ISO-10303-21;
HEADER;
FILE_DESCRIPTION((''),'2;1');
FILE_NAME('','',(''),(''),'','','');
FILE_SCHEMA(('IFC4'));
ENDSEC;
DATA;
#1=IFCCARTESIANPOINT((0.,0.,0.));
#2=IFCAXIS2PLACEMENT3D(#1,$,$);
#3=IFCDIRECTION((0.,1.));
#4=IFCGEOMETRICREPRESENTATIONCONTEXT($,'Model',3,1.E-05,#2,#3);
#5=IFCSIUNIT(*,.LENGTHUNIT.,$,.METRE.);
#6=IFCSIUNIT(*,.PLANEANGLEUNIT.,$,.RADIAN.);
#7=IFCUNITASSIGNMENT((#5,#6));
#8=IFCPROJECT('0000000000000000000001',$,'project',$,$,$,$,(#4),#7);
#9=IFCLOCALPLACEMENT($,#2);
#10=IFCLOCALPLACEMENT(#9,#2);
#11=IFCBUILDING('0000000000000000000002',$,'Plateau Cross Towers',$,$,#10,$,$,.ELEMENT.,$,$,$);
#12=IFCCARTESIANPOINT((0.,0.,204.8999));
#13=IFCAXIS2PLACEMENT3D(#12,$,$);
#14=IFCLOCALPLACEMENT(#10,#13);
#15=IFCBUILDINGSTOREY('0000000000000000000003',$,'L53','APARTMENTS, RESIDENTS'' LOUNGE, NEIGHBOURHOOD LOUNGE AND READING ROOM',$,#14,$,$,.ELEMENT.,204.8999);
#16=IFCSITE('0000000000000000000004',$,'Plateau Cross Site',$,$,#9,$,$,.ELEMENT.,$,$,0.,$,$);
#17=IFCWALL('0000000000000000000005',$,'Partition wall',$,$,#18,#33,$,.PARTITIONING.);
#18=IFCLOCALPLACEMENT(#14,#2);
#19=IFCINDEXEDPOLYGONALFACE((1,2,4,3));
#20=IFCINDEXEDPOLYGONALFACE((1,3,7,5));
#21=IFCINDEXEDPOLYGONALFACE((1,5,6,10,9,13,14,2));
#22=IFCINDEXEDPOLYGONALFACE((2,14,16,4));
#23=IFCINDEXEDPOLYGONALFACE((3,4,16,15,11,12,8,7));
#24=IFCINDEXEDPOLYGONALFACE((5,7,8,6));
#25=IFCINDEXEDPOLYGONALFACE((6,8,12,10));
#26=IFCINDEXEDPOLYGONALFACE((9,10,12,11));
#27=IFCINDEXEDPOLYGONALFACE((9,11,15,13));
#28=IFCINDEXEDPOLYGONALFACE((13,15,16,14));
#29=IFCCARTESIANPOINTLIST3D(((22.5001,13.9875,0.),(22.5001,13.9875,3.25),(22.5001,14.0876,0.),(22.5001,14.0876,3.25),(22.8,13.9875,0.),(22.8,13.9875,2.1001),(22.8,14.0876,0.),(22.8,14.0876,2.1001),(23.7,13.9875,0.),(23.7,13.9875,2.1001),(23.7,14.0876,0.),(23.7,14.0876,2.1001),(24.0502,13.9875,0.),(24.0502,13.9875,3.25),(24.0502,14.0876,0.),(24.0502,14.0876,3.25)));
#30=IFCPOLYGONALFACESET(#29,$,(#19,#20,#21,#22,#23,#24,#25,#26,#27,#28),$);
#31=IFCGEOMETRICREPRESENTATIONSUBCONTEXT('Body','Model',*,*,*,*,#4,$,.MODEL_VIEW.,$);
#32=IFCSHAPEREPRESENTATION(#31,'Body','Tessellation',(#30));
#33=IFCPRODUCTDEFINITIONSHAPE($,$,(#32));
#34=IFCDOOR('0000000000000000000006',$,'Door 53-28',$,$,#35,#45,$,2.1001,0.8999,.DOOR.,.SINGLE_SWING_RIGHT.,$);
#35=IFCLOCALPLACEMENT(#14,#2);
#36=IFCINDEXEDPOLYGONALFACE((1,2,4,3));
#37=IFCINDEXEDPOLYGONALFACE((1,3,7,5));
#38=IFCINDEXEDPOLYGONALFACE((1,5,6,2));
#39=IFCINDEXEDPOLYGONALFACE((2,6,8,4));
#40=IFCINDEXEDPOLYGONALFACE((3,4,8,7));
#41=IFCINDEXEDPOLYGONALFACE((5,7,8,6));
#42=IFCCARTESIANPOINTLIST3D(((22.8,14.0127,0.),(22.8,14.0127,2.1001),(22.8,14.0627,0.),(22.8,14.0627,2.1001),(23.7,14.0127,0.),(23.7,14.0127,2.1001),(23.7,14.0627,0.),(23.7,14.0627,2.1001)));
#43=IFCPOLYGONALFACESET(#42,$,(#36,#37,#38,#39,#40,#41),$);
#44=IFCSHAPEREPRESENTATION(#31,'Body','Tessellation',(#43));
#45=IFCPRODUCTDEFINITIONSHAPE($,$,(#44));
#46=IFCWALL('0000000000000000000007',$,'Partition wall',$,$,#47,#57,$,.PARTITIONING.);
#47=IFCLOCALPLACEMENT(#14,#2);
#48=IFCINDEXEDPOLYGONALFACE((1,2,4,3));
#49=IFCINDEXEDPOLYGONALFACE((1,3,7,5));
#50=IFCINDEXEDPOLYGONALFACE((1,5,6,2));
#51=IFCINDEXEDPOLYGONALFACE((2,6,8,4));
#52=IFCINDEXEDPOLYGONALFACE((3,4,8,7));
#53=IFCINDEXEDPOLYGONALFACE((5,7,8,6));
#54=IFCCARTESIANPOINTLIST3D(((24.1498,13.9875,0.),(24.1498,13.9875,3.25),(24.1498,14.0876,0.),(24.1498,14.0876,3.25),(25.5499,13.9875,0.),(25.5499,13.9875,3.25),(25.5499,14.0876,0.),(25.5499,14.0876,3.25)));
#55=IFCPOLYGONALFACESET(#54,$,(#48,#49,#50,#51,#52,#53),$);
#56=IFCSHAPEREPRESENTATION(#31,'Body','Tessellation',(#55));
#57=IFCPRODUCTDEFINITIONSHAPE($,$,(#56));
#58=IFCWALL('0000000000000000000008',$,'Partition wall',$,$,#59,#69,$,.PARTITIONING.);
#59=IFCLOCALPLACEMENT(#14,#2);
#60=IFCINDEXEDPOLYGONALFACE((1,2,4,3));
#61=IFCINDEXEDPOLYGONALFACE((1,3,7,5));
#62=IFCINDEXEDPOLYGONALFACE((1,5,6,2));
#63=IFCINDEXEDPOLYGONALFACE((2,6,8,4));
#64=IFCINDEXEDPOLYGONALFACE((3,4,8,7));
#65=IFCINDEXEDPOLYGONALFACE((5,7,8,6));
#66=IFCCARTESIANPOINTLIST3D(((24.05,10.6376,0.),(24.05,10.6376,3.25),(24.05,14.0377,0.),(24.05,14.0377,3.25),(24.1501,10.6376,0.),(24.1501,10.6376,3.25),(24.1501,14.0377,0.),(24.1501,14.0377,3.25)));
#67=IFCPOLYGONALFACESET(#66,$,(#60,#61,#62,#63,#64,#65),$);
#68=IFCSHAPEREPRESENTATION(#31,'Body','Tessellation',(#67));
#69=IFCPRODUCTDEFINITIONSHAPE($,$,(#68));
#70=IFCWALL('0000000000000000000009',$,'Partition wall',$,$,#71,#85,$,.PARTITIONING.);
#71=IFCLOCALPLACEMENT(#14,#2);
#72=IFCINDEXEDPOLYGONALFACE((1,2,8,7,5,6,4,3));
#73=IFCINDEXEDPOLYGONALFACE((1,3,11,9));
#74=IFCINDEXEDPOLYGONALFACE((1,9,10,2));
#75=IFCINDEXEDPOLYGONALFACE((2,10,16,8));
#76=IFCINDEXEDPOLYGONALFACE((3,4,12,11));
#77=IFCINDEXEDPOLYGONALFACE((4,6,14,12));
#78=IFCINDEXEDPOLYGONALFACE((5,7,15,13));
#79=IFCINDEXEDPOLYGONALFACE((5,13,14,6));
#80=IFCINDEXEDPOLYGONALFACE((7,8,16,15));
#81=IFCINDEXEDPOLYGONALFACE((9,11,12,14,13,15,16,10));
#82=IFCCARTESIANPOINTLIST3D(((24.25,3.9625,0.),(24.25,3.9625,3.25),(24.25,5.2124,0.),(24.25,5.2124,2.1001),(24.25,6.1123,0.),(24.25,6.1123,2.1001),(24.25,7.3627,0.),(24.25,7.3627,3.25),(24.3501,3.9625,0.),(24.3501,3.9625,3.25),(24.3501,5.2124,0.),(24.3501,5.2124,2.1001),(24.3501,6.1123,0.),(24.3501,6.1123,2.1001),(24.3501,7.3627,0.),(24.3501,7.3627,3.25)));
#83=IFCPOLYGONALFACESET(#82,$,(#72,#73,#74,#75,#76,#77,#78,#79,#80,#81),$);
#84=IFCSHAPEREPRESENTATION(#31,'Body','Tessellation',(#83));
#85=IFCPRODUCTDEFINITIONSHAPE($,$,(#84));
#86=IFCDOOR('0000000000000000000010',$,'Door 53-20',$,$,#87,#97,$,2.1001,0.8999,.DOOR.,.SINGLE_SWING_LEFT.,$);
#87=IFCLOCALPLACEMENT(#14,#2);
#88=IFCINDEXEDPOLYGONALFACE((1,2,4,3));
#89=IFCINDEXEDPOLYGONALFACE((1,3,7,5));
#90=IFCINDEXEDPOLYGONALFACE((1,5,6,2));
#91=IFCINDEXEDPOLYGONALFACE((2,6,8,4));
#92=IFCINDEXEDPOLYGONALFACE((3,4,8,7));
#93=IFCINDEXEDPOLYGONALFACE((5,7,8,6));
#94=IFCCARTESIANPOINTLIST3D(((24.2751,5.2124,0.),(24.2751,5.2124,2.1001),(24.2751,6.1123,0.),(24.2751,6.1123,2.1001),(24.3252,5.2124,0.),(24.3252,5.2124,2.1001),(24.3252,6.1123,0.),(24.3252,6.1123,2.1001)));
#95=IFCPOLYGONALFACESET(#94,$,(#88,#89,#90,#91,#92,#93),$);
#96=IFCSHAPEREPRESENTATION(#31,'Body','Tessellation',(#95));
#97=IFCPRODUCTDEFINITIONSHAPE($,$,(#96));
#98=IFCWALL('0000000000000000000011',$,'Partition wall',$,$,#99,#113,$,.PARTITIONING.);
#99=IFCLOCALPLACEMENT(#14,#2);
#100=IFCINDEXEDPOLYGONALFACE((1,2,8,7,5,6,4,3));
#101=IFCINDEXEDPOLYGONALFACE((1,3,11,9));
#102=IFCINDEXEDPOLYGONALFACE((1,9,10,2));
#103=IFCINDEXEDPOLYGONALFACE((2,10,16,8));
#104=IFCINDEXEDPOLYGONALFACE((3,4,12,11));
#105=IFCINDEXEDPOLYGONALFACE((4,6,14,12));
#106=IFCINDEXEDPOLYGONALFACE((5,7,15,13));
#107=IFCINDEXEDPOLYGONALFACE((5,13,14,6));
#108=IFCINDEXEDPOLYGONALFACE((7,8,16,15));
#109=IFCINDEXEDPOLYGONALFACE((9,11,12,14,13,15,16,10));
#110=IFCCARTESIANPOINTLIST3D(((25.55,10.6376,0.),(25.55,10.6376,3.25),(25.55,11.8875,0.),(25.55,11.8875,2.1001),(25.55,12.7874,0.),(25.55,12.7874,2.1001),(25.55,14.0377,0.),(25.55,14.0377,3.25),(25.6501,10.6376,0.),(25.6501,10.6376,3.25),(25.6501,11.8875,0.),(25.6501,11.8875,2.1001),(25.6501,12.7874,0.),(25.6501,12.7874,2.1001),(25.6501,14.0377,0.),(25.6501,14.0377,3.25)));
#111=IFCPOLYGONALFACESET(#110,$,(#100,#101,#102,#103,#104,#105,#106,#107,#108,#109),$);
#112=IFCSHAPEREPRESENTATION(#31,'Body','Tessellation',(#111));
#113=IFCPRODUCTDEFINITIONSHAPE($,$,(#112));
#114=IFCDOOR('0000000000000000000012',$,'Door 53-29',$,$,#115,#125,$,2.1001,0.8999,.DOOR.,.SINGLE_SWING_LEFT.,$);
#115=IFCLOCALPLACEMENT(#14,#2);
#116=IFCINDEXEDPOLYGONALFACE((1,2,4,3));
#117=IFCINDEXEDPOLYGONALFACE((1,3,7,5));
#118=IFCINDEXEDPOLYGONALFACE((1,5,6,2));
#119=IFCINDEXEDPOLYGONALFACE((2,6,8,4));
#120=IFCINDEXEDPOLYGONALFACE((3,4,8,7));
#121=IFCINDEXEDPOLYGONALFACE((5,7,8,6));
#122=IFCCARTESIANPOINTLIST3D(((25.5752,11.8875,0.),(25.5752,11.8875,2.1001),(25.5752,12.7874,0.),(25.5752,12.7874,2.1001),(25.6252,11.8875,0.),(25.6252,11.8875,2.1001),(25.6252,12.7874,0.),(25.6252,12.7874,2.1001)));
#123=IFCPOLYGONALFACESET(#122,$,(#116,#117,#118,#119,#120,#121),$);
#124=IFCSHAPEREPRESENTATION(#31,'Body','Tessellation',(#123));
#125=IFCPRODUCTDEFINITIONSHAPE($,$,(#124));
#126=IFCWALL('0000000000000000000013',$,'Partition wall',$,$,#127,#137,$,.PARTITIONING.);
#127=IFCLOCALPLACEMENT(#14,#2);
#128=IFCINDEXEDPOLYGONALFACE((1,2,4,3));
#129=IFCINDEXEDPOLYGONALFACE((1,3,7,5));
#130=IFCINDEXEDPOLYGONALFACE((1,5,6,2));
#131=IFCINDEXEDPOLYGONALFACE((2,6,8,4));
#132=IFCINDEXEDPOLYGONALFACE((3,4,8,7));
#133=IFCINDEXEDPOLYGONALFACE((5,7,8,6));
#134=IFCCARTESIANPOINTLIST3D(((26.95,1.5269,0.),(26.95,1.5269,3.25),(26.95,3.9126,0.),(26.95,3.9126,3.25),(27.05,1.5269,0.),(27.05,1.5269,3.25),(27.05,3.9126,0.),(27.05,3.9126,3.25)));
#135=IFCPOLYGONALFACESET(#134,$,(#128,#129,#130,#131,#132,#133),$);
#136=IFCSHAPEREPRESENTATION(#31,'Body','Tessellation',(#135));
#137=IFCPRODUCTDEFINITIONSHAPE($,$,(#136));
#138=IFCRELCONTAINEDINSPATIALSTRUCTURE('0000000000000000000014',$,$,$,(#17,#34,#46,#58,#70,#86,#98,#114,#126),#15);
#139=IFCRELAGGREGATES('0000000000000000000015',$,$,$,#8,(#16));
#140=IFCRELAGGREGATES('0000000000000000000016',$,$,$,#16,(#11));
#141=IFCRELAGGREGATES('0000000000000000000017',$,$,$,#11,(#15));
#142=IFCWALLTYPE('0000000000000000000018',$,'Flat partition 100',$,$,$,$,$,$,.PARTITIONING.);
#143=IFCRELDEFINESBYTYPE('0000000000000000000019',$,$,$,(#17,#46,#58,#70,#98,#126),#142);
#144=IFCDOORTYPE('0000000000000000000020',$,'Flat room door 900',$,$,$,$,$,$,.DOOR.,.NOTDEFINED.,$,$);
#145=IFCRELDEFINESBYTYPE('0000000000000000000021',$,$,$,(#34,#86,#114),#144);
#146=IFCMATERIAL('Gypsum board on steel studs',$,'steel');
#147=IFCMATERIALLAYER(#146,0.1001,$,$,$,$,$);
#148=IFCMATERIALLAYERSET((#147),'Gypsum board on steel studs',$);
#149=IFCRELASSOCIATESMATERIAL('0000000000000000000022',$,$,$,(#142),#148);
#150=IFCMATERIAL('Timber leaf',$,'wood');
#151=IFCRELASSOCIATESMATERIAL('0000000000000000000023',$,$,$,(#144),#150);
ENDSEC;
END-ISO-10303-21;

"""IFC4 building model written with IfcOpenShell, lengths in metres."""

from ifc_helpers import new_model, si_unit, direction, frame, frame_2d, origin, place, context, subcontext, project, spatial, rectangle, extrude, material, layer, layer_set, type_object, element, fill, save


model = new_model("IFC4")

# Units and contexts
model_context = context("Model", 3, precision=1e-05, world=origin(), true_north=direction((0.0, 1.0)))
body_context = subcontext(model_context, "Body", "Model", "MODEL_VIEW")
ifc_project = project(units=[si_unit("LENGTHUNIT", "METRE"), si_unit("PLANEANGLEUNIT", "RADIAN")], contexts=[model_context])

# Site, building, storey
site_placement = place(None, origin())
site = spatial("IfcSite", under=ifc_project, at=site_placement, Name="Plateau Cross Site", CompositionType="ELEMENT", RefElevation=0.0)
building_placement = place(site_placement, origin())
building = spatial("IfcBuilding", under=site, at=building_placement, Name="Plateau Cross Towers", CompositionType="ELEMENT")
storey_placement = place(building_placement, frame((0.0, 0.0, 204.8999)))
storey = spatial("IfcBuildingStorey", under=building, at=storey_placement, Name="L53", Description="APARTMENTS, RESIDENTS' LOUNGE, NEIGHBOURHOOD LOUNGE AND READING ROOM", CompositionType="ELEMENT", Elevation=204.8999)

# Shared definitions
ifc_material_1 = material(Name="Gypsum board on steel studs", Category="steel")
ifc_layer_1 = layer(ifc_material_1, 0.1001)
ifc_layer_set_1 = layer_set([ifc_layer_1], Name="Gypsum board on steel studs")
wall_type_1 = type_object("IfcWallType", Name="Flat partition 100", PredefinedType="PARTITIONING", material=ifc_layer_set_1)

# Wall, opening, door
wall_1_placement = place(storey_placement, frame((24.05, 14.0376, 0.0), z_axis=(0.0, 0.0, 1.0), x_axis=(-1.0, 0.0, 0.0)))
wall_1 = element("IfcWall", 1, at=wall_1_placement, inside=storey, type_object=wall_type_1, Name="Partition wall", PredefinedType="PARTITIONING", context=body_context, shape_type="SweptSolid", body=[
    extrude(rectangle(XDim=1.55, YDim=0.1001, at=frame_2d((0.7749, 0.0))), origin(), (0.0, 0.0, 1.0), 3.25),
])
opening_1_placement = place(wall_1_placement, frame((0.3501, 0.0, 0.0)))
opening_1 = element("IfcOpeningElement", 2, at=opening_1_placement, cuts=wall_1, PredefinedType="OPENING", context=body_context, shape_type="SweptSolid", body=[
    extrude(rectangle(XDim=0.8999, YDim=2.1001, at=frame_2d((0.45, 1.05))), frame((0.0, 0.0601, 0.0), z_axis=(0.0, -1.0, 0.0), x_axis=(1.0, 0.0, 0.0)), (0.0, 0.0, 1.0), 0.1201),
])
ifc_material_2 = material(Name="Timber leaf", Category="wood")
door_type_1 = type_object("IfcDoorType", Name="Flat room door 900", OperationType="NOTDEFINED", PredefinedType="DOOR", material=ifc_material_2)
door_1_placement = place(opening_1_placement, origin())
door_1 = element("IfcDoor", 3, at=door_1_placement, inside=storey, type_object=door_type_1, Name="Door 53-28", OperationType="SINGLE_SWING_RIGHT", OverallHeight=2.1001, OverallWidth=0.8999, PredefinedType="DOOR", context=body_context, shape_type="SweptSolid", body=[
    extrude(rectangle(XDim=0.8999, YDim=2.1001, at=frame_2d((0.45, 1.05))), frame((0.0, 0.0249, 0.0), z_axis=(0.0, -1.0, 0.0), x_axis=(1.0, 0.0, 0.0)), (0.0, 0.0, 1.0), 0.05),
])
fill(opening_1, door_1)

# Walls
wall_2_placement = place(storey_placement, frame((25.55, 14.0376, 0.0), z_axis=(0.0, 0.0, 1.0), x_axis=(-1.0, 0.0, 0.0)))
element("IfcWall", 4, at=wall_2_placement, inside=storey, type_object=wall_type_1, Name="Partition wall", PredefinedType="PARTITIONING", context=body_context, shape_type="SweptSolid", body=[
    extrude(rectangle(XDim=1.4001, YDim=0.1001, at=frame_2d((0.7002, 0.0))), origin(), (0.0, 0.0, 1.0), 3.25),
])
wall_3_placement = place(storey_placement, frame((24.1001, 10.6375, 0.0), z_axis=(0.0, 0.0, 1.0), x_axis=(0.0, 1.0, 0.0)))
element("IfcWall", 5, at=wall_3_placement, inside=storey, type_object=wall_type_1, Name="Partition wall", PredefinedType="PARTITIONING", context=body_context, shape_type="SweptSolid", body=[
    extrude(rectangle(XDim=3.4001, YDim=0.1001, at=frame_2d((1.7002, 0.0))), origin(), (0.0, 0.0, 1.0), 3.25),
])

# Walls, openings, doors
wall_4_placement = place(storey_placement, frame((24.3, 3.9624, 0.0), z_axis=(0.0, 0.0, 1.0), x_axis=(0.0, 1.0, 0.0)))
wall_4 = element("IfcWall", 6, at=wall_4_placement, inside=storey, type_object=wall_type_1, Name="Partition wall", PredefinedType="PARTITIONING", context=body_context, shape_type="SweptSolid", body=[
    extrude(rectangle(XDim=3.4001, YDim=0.1001, at=frame_2d((1.7002, 0.0))), origin(), (0.0, 0.0, 1.0), 3.25),
])
opening_2_placement = place(wall_4_placement, frame((1.25, 0.0, 0.0)))
opening_2 = element("IfcOpeningElement", 7, at=opening_2_placement, cuts=wall_4, PredefinedType="OPENING", context=body_context, shape_type="SweptSolid", body=[
    extrude(rectangle(XDim=0.8999, YDim=2.1001, at=frame_2d((0.45, 1.05))), frame((0.0, 0.0601, 0.0), z_axis=(0.0, -1.0, 0.0), x_axis=(1.0, 0.0, 0.0)), (0.0, 0.0, 1.0), 0.1201),
])
door_2_placement = place(opening_2_placement, origin())
door_2 = element("IfcDoor", 8, at=door_2_placement, inside=storey, type_object=door_type_1, Name="Door 53-20", OperationType="SINGLE_SWING_LEFT", OverallHeight=2.1001, OverallWidth=0.8999, PredefinedType="DOOR", context=body_context, shape_type="SweptSolid", body=[
    extrude(rectangle(XDim=0.8999, YDim=2.1001, at=frame_2d((0.45, 1.05))), frame((0.0, 0.0249, 0.0), z_axis=(0.0, -1.0, 0.0), x_axis=(1.0, 0.0, 0.0)), (0.0, 0.0, 1.0), 0.05),
])
fill(opening_2, door_2)
wall_5_placement = place(storey_placement, frame((25.6001, 10.6375, 0.0), z_axis=(0.0, 0.0, 1.0), x_axis=(0.0, 1.0, 0.0)))
wall_5 = element("IfcWall", 9, at=wall_5_placement, inside=storey, type_object=wall_type_1, Name="Partition wall", PredefinedType="PARTITIONING", context=body_context, shape_type="SweptSolid", body=[
    extrude(rectangle(XDim=3.4001, YDim=0.1001, at=frame_2d((1.7002, 0.0))), origin(), (0.0, 0.0, 1.0), 3.25),
])
opening_3_placement = place(wall_5_placement, frame((1.25, 0.0, 0.0)))
opening_3 = element("IfcOpeningElement", 10, at=opening_3_placement, cuts=wall_5, PredefinedType="OPENING", context=body_context, shape_type="SweptSolid", body=[
    extrude(rectangle(XDim=0.8999, YDim=2.1001, at=frame_2d((0.45, 1.05))), frame((0.0, 0.0601, 0.0), z_axis=(0.0, -1.0, 0.0), x_axis=(1.0, 0.0, 0.0)), (0.0, 0.0, 1.0), 0.1201),
])
door_3_placement = place(opening_3_placement, origin())
door_3 = element("IfcDoor", 11, at=door_3_placement, inside=storey, type_object=door_type_1, Name="Door 53-29", OperationType="SINGLE_SWING_LEFT", OverallHeight=2.1001, OverallWidth=0.8999, PredefinedType="DOOR", context=body_context, shape_type="SweptSolid", body=[
    extrude(rectangle(XDim=0.8999, YDim=2.1001, at=frame_2d((0.45, 1.05))), frame((0.0, 0.0249, 0.0), z_axis=(0.0, -1.0, 0.0), x_axis=(1.0, 0.0, 0.0)), (0.0, 0.0, 1.0), 0.05),
])
fill(opening_3, door_3)

# Wall
wall_6_placement = place(storey_placement, frame((27.0, 1.5269, 0.0), z_axis=(0.0, 0.0, 1.0), x_axis=(0.0, 1.0, 0.0)))
element("IfcWall", 12, at=wall_6_placement, inside=storey, type_object=wall_type_1, Name="Partition wall", PredefinedType="PARTITIONING", context=body_context, shape_type="SweptSolid", body=[
    extrude(rectangle(XDim=2.3857, YDim=0.1001, at=frame_2d((1.1929, 0.0))), origin(), (0.0, 0.0, 1.0), 3.25),
])

save(model, "model.ifc")
